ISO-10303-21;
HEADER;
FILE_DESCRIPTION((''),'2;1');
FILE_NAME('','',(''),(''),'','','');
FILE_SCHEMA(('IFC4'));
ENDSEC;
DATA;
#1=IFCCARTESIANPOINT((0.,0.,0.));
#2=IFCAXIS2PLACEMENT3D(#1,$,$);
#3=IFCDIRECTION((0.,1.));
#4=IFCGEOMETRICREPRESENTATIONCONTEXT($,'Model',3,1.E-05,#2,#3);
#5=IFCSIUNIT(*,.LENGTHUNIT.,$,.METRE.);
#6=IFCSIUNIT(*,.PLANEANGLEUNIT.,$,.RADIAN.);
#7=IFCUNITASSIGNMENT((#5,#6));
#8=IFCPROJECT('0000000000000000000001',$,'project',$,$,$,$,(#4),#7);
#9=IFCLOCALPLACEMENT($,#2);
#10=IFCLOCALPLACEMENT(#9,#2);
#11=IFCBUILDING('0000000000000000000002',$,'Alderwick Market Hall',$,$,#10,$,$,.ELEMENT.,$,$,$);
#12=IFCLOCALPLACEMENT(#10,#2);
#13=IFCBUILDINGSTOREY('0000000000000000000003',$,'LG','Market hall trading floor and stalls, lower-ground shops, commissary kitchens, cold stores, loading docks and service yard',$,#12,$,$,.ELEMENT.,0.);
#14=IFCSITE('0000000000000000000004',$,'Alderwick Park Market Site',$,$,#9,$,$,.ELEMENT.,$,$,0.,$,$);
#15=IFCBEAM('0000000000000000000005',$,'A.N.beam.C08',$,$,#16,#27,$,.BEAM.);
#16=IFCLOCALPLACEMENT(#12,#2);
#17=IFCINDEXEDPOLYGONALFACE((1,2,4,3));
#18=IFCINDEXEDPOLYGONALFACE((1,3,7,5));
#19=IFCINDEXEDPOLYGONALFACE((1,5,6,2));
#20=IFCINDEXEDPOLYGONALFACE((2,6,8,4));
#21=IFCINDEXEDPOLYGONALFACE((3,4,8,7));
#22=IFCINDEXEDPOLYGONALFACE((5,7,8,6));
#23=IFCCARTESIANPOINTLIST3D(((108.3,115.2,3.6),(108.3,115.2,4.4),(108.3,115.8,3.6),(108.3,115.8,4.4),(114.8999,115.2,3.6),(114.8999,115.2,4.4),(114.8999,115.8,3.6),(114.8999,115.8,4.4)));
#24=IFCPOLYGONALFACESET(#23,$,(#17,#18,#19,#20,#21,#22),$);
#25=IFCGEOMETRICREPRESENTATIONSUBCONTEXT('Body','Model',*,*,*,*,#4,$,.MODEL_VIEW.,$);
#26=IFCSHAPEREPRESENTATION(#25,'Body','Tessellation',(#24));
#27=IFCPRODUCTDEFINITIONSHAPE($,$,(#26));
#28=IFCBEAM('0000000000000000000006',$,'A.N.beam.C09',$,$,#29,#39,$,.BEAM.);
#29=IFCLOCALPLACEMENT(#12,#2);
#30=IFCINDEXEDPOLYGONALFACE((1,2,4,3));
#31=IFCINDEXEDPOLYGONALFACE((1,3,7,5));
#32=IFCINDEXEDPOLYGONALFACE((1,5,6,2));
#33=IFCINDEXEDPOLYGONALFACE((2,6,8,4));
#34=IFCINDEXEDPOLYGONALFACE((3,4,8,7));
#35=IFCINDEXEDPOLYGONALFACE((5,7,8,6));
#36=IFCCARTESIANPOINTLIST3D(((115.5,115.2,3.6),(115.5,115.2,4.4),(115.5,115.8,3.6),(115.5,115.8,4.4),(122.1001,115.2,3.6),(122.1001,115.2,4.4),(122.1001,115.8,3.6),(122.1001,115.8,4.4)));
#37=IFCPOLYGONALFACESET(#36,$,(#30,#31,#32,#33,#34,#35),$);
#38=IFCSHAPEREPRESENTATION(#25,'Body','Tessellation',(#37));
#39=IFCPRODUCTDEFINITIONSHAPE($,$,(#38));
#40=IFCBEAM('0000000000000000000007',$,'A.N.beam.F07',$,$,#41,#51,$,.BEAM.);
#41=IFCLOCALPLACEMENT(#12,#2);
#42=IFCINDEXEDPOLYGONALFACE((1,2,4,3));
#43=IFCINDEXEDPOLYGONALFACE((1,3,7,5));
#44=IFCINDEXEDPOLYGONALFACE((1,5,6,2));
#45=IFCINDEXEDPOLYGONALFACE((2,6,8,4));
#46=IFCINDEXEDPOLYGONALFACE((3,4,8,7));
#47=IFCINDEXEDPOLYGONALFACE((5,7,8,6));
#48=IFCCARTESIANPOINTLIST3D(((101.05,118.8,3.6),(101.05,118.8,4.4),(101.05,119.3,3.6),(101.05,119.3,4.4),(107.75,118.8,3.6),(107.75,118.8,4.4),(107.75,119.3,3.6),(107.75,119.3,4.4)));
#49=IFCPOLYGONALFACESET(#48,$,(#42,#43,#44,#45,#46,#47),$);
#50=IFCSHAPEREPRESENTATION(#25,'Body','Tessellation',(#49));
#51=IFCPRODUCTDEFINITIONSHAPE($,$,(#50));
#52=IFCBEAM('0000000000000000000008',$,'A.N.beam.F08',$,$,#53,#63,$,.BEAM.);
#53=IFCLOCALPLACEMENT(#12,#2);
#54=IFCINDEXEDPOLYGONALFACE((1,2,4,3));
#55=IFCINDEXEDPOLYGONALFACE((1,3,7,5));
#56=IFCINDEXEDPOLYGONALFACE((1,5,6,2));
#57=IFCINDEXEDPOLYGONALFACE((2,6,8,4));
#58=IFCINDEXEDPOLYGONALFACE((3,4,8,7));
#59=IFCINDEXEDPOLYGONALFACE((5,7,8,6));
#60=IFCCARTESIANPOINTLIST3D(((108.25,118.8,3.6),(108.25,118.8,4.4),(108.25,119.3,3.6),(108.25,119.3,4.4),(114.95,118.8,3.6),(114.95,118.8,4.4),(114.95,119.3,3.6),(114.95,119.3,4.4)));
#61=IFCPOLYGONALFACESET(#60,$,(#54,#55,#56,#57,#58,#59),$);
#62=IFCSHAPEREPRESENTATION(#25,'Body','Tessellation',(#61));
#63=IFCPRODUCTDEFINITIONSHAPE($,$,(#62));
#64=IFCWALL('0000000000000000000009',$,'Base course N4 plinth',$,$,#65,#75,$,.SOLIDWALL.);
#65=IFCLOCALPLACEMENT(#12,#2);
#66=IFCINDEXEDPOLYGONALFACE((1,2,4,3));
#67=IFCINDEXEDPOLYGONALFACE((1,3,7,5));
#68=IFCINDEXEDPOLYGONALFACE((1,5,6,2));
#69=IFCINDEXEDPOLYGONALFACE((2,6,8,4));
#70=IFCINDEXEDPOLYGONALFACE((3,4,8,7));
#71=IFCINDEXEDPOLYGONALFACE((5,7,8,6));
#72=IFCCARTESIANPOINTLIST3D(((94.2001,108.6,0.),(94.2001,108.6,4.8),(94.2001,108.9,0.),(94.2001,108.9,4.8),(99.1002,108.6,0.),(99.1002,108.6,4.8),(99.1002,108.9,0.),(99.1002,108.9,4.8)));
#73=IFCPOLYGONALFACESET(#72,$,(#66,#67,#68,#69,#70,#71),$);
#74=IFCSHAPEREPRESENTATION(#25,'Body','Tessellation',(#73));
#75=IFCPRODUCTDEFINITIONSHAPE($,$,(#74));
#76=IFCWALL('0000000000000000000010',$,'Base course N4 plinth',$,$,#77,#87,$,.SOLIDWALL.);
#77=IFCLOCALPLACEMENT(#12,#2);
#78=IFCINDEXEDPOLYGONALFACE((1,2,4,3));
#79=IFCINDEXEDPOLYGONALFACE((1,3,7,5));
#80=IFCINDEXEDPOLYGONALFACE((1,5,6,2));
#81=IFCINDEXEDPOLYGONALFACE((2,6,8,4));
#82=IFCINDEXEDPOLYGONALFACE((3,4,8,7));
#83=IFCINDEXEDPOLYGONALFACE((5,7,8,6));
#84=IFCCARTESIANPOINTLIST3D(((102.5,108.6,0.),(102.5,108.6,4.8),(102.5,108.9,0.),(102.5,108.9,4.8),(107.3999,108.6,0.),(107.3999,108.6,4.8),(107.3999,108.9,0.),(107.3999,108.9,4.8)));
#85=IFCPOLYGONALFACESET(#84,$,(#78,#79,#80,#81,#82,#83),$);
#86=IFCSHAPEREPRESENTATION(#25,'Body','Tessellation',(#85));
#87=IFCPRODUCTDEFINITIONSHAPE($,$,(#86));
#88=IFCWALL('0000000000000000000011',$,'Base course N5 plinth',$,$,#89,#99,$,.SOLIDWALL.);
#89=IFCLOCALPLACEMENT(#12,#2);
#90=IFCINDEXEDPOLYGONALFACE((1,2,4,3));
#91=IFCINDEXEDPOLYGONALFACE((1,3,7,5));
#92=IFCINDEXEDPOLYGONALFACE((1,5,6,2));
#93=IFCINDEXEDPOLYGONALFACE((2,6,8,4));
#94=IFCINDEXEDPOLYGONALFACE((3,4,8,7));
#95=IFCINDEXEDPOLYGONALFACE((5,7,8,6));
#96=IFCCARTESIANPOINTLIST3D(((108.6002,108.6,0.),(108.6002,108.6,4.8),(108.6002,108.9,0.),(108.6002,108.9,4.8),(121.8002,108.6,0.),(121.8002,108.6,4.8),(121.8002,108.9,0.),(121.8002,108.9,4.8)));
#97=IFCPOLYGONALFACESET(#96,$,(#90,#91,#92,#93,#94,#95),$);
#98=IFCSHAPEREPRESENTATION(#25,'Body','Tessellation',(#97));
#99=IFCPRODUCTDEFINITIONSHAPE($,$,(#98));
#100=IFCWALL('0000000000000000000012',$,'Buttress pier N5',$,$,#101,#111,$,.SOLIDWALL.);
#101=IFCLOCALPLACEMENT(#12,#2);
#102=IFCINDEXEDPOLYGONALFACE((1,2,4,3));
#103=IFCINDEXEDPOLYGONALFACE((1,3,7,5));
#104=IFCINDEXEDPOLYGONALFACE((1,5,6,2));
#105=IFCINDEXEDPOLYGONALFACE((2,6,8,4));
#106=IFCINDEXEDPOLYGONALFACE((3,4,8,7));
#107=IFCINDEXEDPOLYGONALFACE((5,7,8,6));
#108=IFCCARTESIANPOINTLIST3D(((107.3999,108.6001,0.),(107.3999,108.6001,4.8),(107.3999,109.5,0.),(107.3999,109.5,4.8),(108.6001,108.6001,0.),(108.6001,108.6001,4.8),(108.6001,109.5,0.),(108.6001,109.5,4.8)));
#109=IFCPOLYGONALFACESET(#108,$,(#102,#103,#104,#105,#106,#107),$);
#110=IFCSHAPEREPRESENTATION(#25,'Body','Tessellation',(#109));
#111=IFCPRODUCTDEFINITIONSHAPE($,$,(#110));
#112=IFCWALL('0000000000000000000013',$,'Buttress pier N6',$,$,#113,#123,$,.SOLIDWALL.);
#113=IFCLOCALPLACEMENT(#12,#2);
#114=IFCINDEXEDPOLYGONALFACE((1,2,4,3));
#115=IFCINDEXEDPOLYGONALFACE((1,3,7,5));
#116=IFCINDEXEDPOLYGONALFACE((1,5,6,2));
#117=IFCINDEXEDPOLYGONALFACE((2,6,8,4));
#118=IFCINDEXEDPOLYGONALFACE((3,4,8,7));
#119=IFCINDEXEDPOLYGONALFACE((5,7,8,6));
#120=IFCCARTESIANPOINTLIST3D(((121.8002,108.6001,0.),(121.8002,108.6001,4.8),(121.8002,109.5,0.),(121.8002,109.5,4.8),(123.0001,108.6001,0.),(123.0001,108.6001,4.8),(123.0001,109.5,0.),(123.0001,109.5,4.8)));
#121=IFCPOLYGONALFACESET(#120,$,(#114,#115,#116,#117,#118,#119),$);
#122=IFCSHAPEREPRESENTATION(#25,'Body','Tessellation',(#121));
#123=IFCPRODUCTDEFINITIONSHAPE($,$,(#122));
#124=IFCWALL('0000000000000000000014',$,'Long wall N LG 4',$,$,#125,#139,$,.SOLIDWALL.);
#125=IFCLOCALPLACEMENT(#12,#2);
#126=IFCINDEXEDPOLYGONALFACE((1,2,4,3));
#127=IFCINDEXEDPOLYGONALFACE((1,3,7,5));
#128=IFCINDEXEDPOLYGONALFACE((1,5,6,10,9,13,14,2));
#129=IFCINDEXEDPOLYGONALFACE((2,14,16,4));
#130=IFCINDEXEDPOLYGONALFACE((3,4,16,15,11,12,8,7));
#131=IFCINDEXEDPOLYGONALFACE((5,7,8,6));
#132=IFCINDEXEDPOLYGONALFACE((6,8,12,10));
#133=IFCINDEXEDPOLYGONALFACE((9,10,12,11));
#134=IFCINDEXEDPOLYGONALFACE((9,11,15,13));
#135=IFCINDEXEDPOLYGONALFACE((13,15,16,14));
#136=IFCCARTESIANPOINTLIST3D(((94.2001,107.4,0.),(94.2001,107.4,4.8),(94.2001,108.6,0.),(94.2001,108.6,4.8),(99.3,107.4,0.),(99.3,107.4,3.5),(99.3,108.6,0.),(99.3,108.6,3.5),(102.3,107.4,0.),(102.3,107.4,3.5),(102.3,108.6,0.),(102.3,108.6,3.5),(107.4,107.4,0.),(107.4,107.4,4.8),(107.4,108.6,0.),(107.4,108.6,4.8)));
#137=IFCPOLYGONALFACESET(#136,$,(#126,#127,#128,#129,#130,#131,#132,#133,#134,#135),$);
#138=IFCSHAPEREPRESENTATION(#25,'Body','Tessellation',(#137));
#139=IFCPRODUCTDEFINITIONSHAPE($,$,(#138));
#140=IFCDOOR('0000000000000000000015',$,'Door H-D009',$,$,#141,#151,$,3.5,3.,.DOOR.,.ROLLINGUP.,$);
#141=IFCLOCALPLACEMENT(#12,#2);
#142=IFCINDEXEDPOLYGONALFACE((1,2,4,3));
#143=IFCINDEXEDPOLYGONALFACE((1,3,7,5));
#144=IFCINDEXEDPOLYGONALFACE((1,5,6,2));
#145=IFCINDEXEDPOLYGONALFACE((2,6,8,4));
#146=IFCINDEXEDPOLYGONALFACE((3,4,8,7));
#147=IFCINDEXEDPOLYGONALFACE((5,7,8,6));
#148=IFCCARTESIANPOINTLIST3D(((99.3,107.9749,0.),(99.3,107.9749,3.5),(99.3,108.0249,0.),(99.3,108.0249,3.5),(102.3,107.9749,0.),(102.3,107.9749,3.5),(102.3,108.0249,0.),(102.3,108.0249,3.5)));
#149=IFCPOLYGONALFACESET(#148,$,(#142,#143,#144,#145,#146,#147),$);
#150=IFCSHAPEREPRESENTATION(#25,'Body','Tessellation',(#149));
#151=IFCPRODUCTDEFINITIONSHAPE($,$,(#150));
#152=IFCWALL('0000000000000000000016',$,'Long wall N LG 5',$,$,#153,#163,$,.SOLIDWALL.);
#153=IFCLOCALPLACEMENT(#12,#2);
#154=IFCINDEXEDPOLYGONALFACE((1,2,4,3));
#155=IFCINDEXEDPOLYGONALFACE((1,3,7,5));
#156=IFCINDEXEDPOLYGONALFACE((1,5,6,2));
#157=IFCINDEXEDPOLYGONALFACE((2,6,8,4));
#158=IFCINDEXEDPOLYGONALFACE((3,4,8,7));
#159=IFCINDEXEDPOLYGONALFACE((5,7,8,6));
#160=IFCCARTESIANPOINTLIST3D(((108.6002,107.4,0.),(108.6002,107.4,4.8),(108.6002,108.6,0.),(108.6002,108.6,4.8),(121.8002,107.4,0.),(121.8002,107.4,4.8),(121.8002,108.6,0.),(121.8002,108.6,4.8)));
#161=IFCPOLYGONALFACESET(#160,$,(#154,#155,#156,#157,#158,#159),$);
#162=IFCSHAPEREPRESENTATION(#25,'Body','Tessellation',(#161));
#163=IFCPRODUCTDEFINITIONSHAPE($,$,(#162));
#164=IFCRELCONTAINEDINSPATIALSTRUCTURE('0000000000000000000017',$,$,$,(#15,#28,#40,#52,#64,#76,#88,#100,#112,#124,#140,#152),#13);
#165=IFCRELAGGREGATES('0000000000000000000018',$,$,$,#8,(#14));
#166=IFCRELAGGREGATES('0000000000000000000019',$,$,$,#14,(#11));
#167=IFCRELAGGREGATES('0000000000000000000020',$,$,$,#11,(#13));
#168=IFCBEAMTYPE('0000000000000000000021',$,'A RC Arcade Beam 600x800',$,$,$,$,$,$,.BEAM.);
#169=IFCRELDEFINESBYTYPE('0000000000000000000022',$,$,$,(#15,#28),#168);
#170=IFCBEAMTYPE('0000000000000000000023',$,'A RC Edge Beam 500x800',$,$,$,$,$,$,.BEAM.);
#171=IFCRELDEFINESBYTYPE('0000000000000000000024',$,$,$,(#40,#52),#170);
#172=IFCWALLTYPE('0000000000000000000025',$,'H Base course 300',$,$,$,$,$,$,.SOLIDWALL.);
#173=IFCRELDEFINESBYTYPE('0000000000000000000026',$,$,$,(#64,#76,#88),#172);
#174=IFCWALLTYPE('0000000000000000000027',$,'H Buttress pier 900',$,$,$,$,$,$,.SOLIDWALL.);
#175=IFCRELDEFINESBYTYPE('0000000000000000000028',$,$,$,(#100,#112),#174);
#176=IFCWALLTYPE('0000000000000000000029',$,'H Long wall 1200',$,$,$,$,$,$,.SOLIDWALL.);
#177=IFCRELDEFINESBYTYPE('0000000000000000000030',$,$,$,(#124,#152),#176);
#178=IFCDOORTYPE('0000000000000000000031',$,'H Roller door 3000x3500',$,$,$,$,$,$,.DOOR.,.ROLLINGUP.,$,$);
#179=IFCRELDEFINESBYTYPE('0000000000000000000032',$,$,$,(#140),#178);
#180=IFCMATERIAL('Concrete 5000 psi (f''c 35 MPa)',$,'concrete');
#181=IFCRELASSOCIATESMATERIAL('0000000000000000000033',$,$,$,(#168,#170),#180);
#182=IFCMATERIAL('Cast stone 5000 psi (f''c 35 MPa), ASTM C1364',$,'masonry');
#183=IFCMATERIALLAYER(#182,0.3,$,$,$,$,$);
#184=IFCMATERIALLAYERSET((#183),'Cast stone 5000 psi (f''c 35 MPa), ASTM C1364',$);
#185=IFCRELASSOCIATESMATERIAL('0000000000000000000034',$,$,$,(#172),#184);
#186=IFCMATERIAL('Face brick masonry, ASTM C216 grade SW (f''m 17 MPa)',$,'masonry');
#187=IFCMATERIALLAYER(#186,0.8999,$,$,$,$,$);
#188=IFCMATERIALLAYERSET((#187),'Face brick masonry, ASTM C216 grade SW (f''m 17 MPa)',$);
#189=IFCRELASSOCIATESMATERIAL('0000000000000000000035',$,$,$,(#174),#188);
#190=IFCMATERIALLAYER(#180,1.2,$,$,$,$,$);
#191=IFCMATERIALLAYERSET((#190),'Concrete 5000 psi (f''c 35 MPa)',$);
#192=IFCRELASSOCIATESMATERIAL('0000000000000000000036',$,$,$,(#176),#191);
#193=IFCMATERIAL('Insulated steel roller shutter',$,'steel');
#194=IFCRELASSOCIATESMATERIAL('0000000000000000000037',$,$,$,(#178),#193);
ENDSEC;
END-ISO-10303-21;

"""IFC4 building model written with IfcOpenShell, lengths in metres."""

from ifc_helpers import new_model, si_unit, direction, frame, frame_2d, origin, origin_2d, place, context, subcontext, project, spatial, rectangle, extrude, material, layer, layer_set, material_profile, profile_set, type_object, element, fill, save


model = new_model("IFC4")

# Units and contexts
model_context = context("Model", 3, precision=1e-05, world=origin(), true_north=direction((0.0, 1.0)))
body_context = subcontext(model_context, "Body", "Model", "MODEL_VIEW")
ifc_project = project(units=[si_unit("LENGTHUNIT", "METRE"), si_unit("PLANEANGLEUNIT", "RADIAN")], contexts=[model_context])

# Site, building, storey
site_placement = place(None, origin())
site = spatial("IfcSite", under=ifc_project, at=site_placement, Name="Alderwick Park Market Site", CompositionType="ELEMENT", RefElevation=0.0)
building_placement = place(site_placement, origin())
building = spatial("IfcBuilding", under=site, at=building_placement, Name="Alderwick Market Hall", CompositionType="ELEMENT")
storey_placement = place(building_placement, origin())
storey = spatial("IfcBuildingStorey", under=building, at=storey_placement, Name="LG", Description="Market hall trading floor and stalls, lower-ground shops, commissary kitchens, cold stores, loading docks and service yard", CompositionType="ELEMENT", Elevation=0.0)

# Shared definitions
ifc_material_1 = material(Name="Concrete 5000 psi (f'c 35 MPa)", Category="concrete")

# Beams
ifc_material_profile_1 = material_profile(ifc_material_1, rectangle(XDim=0.6001, YDim=0.8, at=origin_2d()), Name="A RC Arcade Beam 600x800")
ifc_profile_set_1 = profile_set([ifc_material_profile_1], Name="Concrete 5000 psi (f'c 35 MPa)")
beam_type_1 = type_object("IfcBeamType", Name="A RC Arcade Beam 600x800", PredefinedType="BEAM", material=ifc_profile_set_1)
for number, where, z_axis, x_axis, name in (
    (1, (108.3, 115.5, 4.0), (1.0, 0.0, 0.0), (0.0, 1.0, 0.0), "A.N.beam.C08"),
):
    element("IfcBeam", number, at=place(storey_placement, frame(where, z_axis=z_axis, x_axis=x_axis)), inside=storey, type_object=beam_type_1, Name=name, PredefinedType="BEAM", context=body_context, shape_type="SweptSolid", body=[
        extrude(rectangle(XDim=0.6001, YDim=0.8, at=origin_2d()), origin(), (0.0, 0.0, 1.0), 6.5999),
    ])
beam_1_placement = place(storey_placement, frame((115.5, 115.5, 4.0), z_axis=(1.0, 0.0, 0.0), x_axis=(0.0, 1.0, 0.0)))
element("IfcBeam", 2, at=beam_1_placement, inside=storey, type_object=beam_type_1, Name="A.N.beam.C09", PredefinedType="BEAM", context=body_context, shape_type="SweptSolid", body=[
    extrude(rectangle(XDim=0.6001, YDim=0.8, at=origin_2d()), origin(), (0.0, 0.0, 1.0), 6.6001),
])
ifc_material_profile_2 = material_profile(ifc_material_1, rectangle(XDim=0.5, YDim=0.8, at=origin_2d()), Name="A RC Edge Beam 500x800")
ifc_profile_set_2 = profile_set([ifc_material_profile_2], Name="Concrete 5000 psi (f'c 35 MPa)")
beam_type_2 = type_object("IfcBeamType", Name="A RC Edge Beam 500x800", PredefinedType="BEAM", material=ifc_profile_set_2)
for number, where, z_axis, x_axis, name in (
    (3, (101.05, 119.05, 4.0), (1.0, 0.0, 0.0), (0.0, 1.0, 0.0), "A.N.beam.F07"),
    (4, (108.25, 119.05, 4.0), (1.0, 0.0, 0.0), (0.0, 1.0, 0.0), "A.N.beam.F08"),
):
    element("IfcBeam", number, at=place(storey_placement, frame(where, z_axis=z_axis, x_axis=x_axis)), inside=storey, type_object=beam_type_2, Name=name, PredefinedType="BEAM", context=body_context, shape_type="SweptSolid", body=[
        extrude(rectangle(XDim=0.5, YDim=0.8, at=origin_2d()), origin(), (0.0, 0.0, 1.0), 6.7),
    ])

# Walls
ifc_material_2 = material(Name="Cast stone 5000 psi (f'c 35 MPa), ASTM C1364", Category="masonry")
ifc_layer_1 = layer(ifc_material_2, 0.3)
ifc_layer_set_1 = layer_set([ifc_layer_1], Name="Cast stone 5000 psi (f'c 35 MPa), ASTM C1364")
wall_type_1 = type_object("IfcWallType", Name="H Base course 300", PredefinedType="SOLIDWALL", material=ifc_layer_set_1)
wall_1_placement = place(storey_placement, frame((94.2, 108.75, 0.0), z_axis=(0.0, 0.0, 1.0), x_axis=(1.0, 0.0, 0.0)))
element("IfcWall", 5, at=wall_1_placement, inside=storey, type_object=wall_type_1, Name="Base course N4 plinth", PredefinedType="SOLIDWALL", context=body_context, shape_type="SweptSolid", body=[
    extrude(rectangle(XDim=4.9001, YDim=0.3, at=frame_2d((2.4502, 0.0))), origin(), (0.0, 0.0, 1.0), 4.8),
])
wall_2_placement = place(storey_placement, frame((102.5, 108.75, 0.0), z_axis=(0.0, 0.0, 1.0), x_axis=(1.0, 0.0, 0.0)))
element("IfcWall", 6, at=wall_2_placement, inside=storey, type_object=wall_type_1, Name="Base course N4 plinth", PredefinedType="SOLIDWALL", context=body_context, shape_type="SweptSolid", body=[
    extrude(rectangle(XDim=4.8999, YDim=0.3, at=frame_2d((2.45, 0.0))), origin(), (0.0, 0.0, 1.0), 4.8),
])
wall_3_placement = place(storey_placement, frame((108.6001, 108.75, 0.0), z_axis=(0.0, 0.0, 1.0), x_axis=(1.0, 0.0, 0.0)))
element("IfcWall", 7, at=wall_3_placement, inside=storey, type_object=wall_type_1, Name="Base course N5 plinth", PredefinedType="SOLIDWALL", context=body_context, shape_type="SweptSolid", body=[
    extrude(rectangle(XDim=13.2, YDim=0.3, at=frame_2d((6.6001, 0.0))), origin(), (0.0, 0.0, 1.0), 4.8),
])
ifc_material_3 = material(Name="Face brick masonry, ASTM C216 grade SW (f'm 17 MPa)", Category="masonry")
ifc_layer_2 = layer(ifc_material_3, 0.8999)
ifc_layer_set_2 = layer_set([ifc_layer_2], Name="Face brick masonry, ASTM C216 grade SW (f'm 17 MPa)")
wall_type_2 = type_object("IfcWallType", Name="H Buttress pier 900", PredefinedType="SOLIDWALL", material=ifc_layer_set_2)
wall_4_placement = place(storey_placement, frame((107.3999, 109.05, 0.0), z_axis=(0.0, 0.0, 1.0), x_axis=(1.0, 0.0, 0.0)))
element("IfcWall", 8, at=wall_4_placement, inside=storey, type_object=wall_type_2, Name="Buttress pier N5", PredefinedType="SOLIDWALL", context=body_context, shape_type="SweptSolid", body=[
    extrude(rectangle(XDim=1.2002, YDim=0.8999, at=frame_2d((0.6001, 0.0))), origin(), (0.0, 0.0, 1.0), 4.8),
])
wall_5_placement = place(storey_placement, frame((121.8, 109.05, 0.0), z_axis=(0.0, 0.0, 1.0), x_axis=(1.0, 0.0, 0.0)))
element("IfcWall", 9, at=wall_5_placement, inside=storey, type_object=wall_type_2, Name="Buttress pier N6", PredefinedType="SOLIDWALL", context=body_context, shape_type="SweptSolid", body=[
    extrude(rectangle(XDim=1.2, YDim=0.8999, at=frame_2d((0.6001, 0.0))), origin(), (0.0, 0.0, 1.0), 4.8),
])

# Wall, opening, door
ifc_layer_3 = layer(ifc_material_1, 1.2)
ifc_layer_set_3 = layer_set([ifc_layer_3], Name="Concrete 5000 psi (f'c 35 MPa)")
wall_type_3 = type_object("IfcWallType", Name="H Long wall 1200", PredefinedType="SOLIDWALL", material=ifc_layer_set_3)
wall_6_placement = place(storey_placement, frame((94.2, 108.0, 0.0), z_axis=(0.0, 0.0, 1.0), x_axis=(1.0, 0.0, 0.0)))
wall_6 = element("IfcWall", 10, at=wall_6_placement, inside=storey, type_object=wall_type_3, Name="Long wall N LG 4", PredefinedType="SOLIDWALL", context=body_context, shape_type="SweptSolid", body=[
    extrude(rectangle(XDim=13.2, YDim=1.2, at=frame_2d((6.6001, 0.0))), origin(), (0.0, 0.0, 1.0), 4.8),
])
opening_1_placement = place(wall_6_placement, frame((5.1001, 0.0, 0.0)))
opening_1 = element("IfcOpeningElement", 11, at=opening_1_placement, cuts=wall_6, PredefinedType="OPENING", context=body_context, shape_type="SweptSolid", body=[
    extrude(rectangle(XDim=3.0, YDim=3.5, at=frame_2d((1.5, 1.75))), frame((0.0, 0.6099, 0.0), z_axis=(0.0, -1.0, 0.0), x_axis=(1.0, 0.0, 0.0)), (0.0, 0.0, 1.0), 1.22),
])
ifc_material_4 = material(Name="Insulated steel roller shutter", Category="steel")
door_type_1 = type_object("IfcDoorType", Name="H Roller door 3000x3500", OperationType="ROLLINGUP", PredefinedType="DOOR", material=ifc_material_4)
door_1_placement = place(opening_1_placement, origin())
door_1 = element("IfcDoor", 12, at=door_1_placement, inside=storey, type_object=door_type_1, Name="Door H-D009", OperationType="ROLLINGUP", OverallHeight=3.5, OverallWidth=3.0, PredefinedType="DOOR", context=body_context, shape_type="SweptSolid", body=[
    extrude(rectangle(XDim=3.0, YDim=3.5, at=frame_2d((1.5, 1.75))), frame((0.0, 0.0249, 0.0), z_axis=(0.0, -1.0, 0.0), x_axis=(1.0, 0.0, 0.0)), (0.0, 0.0, 1.0), 0.05),
])
fill(opening_1, door_1)

# Wall
wall_7_placement = place(storey_placement, frame((108.6001, 108.0, 0.0), z_axis=(0.0, 0.0, 1.0), x_axis=(1.0, 0.0, 0.0)))
element("IfcWall", 13, at=wall_7_placement, inside=storey, type_object=wall_type_3, Name="Long wall N LG 5", PredefinedType="SOLIDWALL", context=body_context, shape_type="SweptSolid", body=[
    extrude(rectangle(XDim=13.2, YDim=1.2, at=frame_2d((6.6001, 0.0))), origin(), (0.0, 0.0, 1.0), 4.8),
])

save(model, "model.ifc")
